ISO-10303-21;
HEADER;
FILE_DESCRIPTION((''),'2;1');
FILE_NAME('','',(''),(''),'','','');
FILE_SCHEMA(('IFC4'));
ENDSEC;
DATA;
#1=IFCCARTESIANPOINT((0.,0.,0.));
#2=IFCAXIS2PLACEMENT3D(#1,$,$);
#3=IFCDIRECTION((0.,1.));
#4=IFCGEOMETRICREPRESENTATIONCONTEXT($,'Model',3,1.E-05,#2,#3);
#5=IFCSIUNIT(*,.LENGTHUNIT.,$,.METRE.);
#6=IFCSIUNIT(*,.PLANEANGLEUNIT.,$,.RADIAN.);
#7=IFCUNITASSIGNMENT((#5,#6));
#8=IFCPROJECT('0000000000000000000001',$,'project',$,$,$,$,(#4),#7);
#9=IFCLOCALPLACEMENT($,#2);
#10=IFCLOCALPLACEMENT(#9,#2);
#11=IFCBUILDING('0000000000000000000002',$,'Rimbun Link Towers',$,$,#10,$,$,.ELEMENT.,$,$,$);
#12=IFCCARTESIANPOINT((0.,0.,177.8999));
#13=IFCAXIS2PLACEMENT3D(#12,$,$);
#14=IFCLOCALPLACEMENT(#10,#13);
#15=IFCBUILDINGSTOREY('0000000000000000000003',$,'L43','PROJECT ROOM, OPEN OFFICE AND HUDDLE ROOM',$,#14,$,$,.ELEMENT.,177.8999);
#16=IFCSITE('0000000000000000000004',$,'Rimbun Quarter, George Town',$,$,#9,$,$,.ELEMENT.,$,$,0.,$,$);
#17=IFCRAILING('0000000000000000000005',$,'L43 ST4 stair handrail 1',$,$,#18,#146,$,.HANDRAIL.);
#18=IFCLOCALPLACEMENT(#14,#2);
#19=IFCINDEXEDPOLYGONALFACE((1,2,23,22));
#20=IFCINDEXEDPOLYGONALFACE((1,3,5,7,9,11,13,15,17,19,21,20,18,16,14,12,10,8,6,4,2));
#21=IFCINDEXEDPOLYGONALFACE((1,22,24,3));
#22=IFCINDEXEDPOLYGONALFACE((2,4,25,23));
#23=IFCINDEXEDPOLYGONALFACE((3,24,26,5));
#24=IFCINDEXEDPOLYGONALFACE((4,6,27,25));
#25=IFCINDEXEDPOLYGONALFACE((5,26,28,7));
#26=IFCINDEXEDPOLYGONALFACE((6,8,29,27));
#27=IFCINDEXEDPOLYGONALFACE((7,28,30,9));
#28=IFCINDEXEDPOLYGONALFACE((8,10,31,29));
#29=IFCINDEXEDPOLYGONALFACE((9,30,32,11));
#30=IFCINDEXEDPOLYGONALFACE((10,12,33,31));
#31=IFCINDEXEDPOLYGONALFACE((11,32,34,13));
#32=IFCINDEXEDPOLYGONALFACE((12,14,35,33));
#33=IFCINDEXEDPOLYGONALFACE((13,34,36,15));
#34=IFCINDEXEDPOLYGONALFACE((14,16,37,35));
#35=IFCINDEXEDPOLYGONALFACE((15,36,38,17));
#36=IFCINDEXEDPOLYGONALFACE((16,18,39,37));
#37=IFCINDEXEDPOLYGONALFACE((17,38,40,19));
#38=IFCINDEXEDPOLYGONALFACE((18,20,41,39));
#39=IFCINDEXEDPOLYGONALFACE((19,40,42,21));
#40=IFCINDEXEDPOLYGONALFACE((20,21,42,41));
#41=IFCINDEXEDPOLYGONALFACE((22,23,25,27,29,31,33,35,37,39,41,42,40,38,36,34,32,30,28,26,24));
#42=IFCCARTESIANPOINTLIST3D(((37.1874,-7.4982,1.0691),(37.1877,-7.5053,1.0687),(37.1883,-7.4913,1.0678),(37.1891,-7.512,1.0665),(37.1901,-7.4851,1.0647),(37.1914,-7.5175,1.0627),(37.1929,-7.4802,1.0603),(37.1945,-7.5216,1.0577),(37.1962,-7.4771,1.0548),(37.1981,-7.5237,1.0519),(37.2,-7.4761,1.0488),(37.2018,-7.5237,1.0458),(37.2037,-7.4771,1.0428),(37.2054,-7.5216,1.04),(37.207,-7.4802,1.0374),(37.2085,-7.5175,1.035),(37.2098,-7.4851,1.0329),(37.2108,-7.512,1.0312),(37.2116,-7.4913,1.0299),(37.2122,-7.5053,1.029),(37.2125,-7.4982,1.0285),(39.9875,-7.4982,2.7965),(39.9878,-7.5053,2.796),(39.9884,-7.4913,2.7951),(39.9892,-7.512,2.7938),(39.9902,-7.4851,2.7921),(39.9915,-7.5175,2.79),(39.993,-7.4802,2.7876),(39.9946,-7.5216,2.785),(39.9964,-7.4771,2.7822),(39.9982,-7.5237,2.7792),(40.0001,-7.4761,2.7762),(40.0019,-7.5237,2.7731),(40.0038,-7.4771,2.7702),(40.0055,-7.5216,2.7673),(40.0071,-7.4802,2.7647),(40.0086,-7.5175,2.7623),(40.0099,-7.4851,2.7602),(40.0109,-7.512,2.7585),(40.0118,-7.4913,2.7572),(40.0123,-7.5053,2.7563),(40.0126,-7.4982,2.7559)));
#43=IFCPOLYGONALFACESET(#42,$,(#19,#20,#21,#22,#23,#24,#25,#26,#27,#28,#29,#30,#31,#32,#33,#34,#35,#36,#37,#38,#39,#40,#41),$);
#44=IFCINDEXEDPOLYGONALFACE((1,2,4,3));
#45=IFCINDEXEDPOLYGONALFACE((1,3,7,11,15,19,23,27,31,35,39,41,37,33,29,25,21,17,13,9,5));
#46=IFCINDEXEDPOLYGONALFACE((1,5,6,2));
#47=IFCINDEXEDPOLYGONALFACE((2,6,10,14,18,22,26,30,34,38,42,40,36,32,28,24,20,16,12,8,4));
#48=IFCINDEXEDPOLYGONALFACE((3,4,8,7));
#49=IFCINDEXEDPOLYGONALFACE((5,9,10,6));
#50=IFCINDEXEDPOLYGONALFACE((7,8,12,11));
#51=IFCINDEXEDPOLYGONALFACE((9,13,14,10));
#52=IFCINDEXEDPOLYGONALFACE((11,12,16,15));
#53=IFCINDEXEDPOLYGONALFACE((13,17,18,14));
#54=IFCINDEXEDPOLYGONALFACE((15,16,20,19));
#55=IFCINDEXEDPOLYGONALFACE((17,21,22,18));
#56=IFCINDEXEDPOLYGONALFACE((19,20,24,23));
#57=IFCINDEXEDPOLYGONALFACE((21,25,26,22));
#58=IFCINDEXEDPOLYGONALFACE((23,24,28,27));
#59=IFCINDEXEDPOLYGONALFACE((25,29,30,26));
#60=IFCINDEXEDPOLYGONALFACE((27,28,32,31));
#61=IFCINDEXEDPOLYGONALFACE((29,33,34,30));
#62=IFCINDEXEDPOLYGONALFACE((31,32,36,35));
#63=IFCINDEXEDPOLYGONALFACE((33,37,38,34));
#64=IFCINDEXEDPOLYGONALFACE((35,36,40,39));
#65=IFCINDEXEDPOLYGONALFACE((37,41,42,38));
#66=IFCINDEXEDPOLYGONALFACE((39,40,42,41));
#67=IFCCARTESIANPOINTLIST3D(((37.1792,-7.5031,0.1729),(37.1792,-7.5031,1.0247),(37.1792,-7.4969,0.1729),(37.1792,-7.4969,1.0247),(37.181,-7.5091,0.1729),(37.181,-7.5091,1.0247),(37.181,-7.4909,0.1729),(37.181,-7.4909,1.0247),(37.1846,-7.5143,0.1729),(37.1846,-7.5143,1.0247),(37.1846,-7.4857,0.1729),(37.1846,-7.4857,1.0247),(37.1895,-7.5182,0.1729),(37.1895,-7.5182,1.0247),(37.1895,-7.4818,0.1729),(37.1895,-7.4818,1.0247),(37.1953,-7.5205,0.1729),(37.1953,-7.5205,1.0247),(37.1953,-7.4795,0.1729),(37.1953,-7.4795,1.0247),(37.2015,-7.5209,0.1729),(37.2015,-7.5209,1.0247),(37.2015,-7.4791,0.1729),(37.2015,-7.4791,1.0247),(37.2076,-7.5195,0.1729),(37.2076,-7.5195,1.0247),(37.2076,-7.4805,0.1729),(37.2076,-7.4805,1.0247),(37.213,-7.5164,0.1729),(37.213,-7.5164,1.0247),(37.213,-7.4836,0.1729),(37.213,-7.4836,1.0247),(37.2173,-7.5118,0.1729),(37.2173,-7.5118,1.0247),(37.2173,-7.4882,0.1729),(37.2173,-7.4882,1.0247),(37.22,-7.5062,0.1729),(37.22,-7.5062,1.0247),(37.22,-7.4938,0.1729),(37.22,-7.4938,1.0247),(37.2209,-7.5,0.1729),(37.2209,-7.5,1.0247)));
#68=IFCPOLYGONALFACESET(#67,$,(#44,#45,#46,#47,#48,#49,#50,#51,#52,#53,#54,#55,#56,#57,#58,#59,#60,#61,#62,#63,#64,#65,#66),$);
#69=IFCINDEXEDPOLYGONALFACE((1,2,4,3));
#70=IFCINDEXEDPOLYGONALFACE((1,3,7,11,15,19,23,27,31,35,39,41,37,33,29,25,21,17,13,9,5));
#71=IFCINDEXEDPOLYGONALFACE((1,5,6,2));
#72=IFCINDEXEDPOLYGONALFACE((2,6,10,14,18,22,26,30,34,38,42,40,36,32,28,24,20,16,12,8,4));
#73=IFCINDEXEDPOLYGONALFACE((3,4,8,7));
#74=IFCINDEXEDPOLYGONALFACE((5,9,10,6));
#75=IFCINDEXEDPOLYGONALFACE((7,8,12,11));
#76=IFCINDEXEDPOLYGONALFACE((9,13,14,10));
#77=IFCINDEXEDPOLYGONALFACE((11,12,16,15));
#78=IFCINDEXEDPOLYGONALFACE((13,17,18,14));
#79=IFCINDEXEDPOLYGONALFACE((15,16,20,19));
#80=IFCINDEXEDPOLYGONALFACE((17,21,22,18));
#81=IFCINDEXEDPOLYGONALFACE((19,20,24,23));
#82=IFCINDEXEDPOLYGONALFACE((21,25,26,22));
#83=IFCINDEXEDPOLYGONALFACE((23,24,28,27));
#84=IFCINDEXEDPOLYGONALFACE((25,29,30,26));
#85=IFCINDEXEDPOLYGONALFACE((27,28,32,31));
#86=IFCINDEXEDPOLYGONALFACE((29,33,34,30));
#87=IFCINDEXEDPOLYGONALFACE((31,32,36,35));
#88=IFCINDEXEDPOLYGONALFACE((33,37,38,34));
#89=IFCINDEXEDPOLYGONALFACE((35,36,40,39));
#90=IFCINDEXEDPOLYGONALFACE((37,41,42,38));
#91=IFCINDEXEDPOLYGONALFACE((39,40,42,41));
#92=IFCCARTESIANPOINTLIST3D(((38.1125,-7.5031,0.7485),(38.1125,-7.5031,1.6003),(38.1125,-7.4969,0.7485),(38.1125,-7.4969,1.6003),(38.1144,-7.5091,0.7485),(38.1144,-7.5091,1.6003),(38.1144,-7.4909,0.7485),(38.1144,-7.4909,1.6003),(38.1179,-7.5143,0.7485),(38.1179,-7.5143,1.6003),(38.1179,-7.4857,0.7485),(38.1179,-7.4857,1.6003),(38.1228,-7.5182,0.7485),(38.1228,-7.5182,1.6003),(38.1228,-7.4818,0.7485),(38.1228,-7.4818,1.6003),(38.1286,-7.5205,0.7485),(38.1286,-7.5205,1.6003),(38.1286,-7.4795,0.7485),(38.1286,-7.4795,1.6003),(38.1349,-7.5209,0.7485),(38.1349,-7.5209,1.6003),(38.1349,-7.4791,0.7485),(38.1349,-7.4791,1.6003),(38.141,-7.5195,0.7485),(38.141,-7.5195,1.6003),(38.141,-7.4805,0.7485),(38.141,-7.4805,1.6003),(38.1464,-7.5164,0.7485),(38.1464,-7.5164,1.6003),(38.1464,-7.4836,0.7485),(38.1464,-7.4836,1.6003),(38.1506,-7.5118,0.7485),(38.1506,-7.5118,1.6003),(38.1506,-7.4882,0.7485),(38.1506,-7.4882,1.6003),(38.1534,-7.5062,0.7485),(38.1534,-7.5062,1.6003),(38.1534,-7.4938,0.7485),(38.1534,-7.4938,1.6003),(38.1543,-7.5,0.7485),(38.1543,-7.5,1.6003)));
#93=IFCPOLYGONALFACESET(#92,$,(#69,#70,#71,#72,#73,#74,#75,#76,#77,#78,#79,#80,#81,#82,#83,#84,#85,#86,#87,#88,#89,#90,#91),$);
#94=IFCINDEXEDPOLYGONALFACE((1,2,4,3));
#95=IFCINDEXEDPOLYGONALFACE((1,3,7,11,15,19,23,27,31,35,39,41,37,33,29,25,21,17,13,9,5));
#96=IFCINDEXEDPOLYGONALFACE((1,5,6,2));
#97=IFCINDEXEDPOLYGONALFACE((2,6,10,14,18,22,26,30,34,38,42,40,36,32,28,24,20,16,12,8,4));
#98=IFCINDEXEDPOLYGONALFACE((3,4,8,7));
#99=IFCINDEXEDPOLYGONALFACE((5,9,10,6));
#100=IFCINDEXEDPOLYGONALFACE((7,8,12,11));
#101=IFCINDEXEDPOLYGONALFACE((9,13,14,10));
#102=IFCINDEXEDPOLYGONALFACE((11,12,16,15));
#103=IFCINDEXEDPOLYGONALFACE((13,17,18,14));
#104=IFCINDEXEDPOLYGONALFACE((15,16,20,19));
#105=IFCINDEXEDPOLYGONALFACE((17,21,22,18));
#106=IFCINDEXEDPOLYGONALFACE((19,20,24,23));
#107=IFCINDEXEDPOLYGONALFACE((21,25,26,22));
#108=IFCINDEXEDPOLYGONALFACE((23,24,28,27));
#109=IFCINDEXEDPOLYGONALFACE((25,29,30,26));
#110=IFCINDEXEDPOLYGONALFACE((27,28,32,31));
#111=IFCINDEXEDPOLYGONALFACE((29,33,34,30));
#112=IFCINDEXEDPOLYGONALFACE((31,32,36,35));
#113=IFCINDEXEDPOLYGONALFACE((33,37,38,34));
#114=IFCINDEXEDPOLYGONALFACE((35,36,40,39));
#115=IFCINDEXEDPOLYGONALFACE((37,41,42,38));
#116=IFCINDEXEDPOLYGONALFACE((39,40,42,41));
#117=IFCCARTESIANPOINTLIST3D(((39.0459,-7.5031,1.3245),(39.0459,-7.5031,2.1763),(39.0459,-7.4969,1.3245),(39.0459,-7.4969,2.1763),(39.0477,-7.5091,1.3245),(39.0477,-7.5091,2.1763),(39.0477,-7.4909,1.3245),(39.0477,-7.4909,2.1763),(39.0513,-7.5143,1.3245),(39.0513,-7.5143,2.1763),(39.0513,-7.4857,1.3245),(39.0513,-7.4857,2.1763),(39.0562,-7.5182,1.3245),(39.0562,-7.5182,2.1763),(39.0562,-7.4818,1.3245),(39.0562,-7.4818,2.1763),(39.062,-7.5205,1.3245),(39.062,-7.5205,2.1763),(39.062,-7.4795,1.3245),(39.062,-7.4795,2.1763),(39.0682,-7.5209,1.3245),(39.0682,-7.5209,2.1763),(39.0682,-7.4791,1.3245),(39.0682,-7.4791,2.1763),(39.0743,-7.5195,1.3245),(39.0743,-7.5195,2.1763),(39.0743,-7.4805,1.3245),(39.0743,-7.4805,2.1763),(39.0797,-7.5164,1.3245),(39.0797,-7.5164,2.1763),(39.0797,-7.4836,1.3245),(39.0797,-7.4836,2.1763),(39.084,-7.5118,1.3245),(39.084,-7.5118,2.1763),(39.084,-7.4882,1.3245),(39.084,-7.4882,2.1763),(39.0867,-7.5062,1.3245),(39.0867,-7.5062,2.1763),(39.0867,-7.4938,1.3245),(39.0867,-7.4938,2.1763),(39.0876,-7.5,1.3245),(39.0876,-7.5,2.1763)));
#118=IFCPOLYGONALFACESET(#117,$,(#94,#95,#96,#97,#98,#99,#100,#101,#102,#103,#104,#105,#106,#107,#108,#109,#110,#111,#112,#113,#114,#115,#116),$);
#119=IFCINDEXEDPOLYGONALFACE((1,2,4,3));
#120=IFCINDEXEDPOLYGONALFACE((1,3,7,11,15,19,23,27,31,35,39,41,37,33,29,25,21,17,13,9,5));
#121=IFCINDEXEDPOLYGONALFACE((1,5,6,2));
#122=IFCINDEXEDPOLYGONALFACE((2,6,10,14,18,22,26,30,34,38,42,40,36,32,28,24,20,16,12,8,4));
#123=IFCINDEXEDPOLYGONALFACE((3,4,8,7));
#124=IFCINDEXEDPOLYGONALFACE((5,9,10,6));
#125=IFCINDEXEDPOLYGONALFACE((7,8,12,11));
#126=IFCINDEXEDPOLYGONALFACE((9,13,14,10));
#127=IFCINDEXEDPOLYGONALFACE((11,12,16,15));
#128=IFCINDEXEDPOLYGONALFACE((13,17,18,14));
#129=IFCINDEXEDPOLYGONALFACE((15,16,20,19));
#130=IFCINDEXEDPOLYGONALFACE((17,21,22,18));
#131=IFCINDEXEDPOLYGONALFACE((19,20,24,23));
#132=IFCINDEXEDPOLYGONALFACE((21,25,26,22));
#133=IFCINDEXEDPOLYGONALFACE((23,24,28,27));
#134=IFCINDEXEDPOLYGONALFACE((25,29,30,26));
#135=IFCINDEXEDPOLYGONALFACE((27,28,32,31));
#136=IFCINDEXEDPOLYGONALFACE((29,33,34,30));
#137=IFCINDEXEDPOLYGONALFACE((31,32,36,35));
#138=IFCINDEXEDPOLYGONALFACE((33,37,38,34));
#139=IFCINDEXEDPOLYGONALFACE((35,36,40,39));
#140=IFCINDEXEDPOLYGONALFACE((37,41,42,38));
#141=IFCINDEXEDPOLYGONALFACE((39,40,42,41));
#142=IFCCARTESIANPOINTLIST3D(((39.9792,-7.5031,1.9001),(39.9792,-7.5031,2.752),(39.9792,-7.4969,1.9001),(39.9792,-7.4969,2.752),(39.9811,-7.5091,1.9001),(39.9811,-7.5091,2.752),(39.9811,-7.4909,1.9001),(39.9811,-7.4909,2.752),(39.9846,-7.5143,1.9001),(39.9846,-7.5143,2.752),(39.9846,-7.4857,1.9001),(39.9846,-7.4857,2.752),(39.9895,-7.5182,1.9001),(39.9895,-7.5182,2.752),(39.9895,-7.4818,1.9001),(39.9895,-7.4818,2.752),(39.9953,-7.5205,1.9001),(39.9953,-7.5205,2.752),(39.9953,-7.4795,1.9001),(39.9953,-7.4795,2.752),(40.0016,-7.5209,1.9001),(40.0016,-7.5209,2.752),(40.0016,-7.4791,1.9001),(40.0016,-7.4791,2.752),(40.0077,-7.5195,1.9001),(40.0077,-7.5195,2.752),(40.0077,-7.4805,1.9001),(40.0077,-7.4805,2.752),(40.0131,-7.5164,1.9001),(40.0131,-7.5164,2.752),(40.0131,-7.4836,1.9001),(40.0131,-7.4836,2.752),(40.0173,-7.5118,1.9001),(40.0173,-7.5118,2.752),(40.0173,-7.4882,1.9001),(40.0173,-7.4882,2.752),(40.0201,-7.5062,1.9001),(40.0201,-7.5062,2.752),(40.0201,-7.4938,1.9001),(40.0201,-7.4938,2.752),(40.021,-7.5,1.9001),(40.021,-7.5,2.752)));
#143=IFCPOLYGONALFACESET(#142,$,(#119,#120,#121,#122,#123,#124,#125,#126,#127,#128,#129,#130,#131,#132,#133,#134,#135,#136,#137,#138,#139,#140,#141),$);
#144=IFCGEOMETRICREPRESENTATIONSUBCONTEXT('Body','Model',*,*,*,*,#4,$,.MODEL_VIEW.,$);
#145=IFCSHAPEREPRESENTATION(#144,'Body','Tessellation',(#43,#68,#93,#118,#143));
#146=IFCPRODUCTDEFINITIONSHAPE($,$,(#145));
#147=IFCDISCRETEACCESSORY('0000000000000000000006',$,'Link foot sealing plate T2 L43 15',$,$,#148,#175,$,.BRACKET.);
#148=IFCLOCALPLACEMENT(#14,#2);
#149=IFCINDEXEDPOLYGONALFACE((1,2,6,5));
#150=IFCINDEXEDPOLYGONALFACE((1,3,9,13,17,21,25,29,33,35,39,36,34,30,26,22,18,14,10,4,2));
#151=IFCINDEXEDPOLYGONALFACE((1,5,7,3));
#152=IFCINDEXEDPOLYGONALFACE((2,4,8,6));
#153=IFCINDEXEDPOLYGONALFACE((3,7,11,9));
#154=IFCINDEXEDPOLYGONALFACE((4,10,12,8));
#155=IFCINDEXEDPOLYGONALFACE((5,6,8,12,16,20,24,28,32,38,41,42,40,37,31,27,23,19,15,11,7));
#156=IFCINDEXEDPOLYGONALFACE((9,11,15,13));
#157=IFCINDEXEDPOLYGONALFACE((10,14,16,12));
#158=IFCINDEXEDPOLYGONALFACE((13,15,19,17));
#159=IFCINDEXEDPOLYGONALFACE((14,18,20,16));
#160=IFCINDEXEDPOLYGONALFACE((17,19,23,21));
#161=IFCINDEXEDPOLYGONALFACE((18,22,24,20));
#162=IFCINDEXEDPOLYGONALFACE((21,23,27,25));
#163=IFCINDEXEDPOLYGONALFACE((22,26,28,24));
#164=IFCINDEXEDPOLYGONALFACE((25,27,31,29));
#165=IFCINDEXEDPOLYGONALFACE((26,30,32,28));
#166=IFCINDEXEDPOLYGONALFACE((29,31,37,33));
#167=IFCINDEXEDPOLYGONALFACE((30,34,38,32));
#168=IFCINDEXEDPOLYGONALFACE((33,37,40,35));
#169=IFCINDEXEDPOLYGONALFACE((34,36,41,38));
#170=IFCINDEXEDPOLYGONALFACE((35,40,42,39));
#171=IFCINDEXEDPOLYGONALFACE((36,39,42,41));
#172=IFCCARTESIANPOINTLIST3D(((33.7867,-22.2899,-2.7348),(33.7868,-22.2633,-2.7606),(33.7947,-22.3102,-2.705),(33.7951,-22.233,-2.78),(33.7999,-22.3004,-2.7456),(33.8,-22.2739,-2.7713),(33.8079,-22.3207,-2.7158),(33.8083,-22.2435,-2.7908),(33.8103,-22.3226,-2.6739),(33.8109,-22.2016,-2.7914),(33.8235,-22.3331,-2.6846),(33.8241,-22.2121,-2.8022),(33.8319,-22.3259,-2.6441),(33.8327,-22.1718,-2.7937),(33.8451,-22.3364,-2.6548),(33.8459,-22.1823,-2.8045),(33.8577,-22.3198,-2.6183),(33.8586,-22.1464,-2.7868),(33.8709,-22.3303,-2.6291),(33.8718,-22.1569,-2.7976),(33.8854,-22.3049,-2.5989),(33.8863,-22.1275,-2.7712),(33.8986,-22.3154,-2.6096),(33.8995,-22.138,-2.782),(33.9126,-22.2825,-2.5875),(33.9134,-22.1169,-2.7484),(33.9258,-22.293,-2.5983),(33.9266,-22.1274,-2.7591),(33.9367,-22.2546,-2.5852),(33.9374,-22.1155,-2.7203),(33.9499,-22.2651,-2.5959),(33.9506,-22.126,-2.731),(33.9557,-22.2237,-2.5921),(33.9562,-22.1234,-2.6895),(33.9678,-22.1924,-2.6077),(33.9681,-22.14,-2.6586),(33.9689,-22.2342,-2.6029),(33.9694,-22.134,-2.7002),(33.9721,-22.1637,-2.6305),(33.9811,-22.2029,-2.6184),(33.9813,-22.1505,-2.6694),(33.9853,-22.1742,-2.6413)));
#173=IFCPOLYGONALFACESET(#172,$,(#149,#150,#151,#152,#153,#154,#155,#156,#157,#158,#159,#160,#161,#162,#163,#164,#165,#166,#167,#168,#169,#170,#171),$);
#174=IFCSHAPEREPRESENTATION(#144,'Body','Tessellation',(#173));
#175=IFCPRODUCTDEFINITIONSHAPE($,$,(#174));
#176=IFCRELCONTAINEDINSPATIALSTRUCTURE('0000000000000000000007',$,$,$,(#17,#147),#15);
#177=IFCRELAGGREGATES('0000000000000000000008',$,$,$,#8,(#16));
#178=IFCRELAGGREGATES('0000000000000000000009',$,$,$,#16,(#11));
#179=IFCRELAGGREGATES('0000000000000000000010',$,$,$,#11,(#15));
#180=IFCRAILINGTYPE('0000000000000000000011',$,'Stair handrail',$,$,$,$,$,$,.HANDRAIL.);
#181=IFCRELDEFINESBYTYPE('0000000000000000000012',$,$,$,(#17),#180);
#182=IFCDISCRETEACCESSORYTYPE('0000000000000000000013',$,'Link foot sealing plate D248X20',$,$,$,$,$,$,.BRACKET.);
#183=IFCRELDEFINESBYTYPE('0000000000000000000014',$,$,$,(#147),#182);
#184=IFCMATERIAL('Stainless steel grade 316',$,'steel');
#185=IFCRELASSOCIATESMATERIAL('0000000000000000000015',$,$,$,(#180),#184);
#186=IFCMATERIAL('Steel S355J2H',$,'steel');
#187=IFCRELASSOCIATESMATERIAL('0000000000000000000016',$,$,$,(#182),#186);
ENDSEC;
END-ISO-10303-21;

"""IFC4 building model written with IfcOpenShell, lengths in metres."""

from ifc_helpers import new_model, si_unit, direction, frame, origin, origin_2d, place, context, subcontext, project, spatial, circle, extrude, material, material_profile, profile_set, type_object, element, save


model = new_model("IFC4")

# Units and contexts
model_context = context("Model", 3, precision=1e-05, world=origin(), true_north=direction((0.0, 1.0)))
body_context = subcontext(model_context, "Body", "Model", "MODEL_VIEW")
ifc_project = project(units=[si_unit("LENGTHUNIT", "METRE"), si_unit("PLANEANGLEUNIT", "RADIAN")], contexts=[model_context])

# Site, building, storey
site_placement = place(None, origin())
site = spatial("IfcSite", under=ifc_project, at=site_placement, Name="Rimbun Quarter, George Town", CompositionType="ELEMENT", RefElevation=0.0)
building_placement = place(site_placement, origin())
building = spatial("IfcBuilding", under=site, at=building_placement, Name="Rimbun Link Towers", CompositionType="ELEMENT")
storey_placement = place(building_placement, frame((0.0, 0.0, 177.8999)))
storey = spatial("IfcBuildingStorey", under=building, at=storey_placement, Name="L43", Description="PROJECT ROOM, OPEN OFFICE AND HUDDLE ROOM", CompositionType="ELEMENT", Elevation=177.8999)

# Railing
ifc_material_1 = material(Name="Stainless steel grade 316", Category="steel")
railing_type_1 = type_object("IfcRailingType", Name="Stair handrail", PredefinedType="HANDRAIL", material=ifc_material_1)
railing_1_placement = place(storey_placement, frame((37.2, -7.5, 0.1729)))
element("IfcRailing", 1, at=railing_1_placement, inside=storey, type_object=railing_type_1, Name="L43 ST4 stair handrail 1", PredefinedType="HANDRAIL", context=body_context, shape_type="SweptSolid", body=[
    extrude(circle(Radius=0.0239, at=origin_2d()), frame((0.0, 0.0, 0.876), z_axis=(0.85109, 0.0, 0.52502), x_axis=(0.0, 1.0, 0.0)), (0.0, 0.0, 1.0), 3.29),
    extrude(circle(Radius=0.021, at=origin_2d()), origin(), (0.0, 0.0, 1.0), 0.8518),
    extrude(circle(Radius=0.021, at=origin_2d()), frame((0.9333, 0.0, 0.5757)), (0.0, 0.0, 1.0), 0.8518),
    extrude(circle(Radius=0.021, at=origin_2d()), frame((1.8667, 0.0, 1.1516)), (0.0, 0.0, 1.0), 0.8518),
    extrude(circle(Radius=0.021, at=origin_2d()), frame((2.8, 0.0, 1.7273)), (0.0, 0.0, 1.0), 0.8518),
])

# Discrete accessory
ifc_material_2 = material(Name="Steel S355J2H", Category="steel")
ifc_material_profile_1 = material_profile(ifc_material_2, circle(Radius=0.124, at=origin_2d()), Name="PL D248")
ifc_profile_set_1 = profile_set([ifc_material_profile_1], Name="Steel S355J2H")
discrete_accessory_type = type_object("IfcDiscreteAccessoryType", Name="Link foot sealing plate D248X20", PredefinedType="BRACKET", material=ifc_profile_set_1)
discrete_accessory_placement = place(storey_placement, frame((33.8789, -22.2205, -2.6895), z_axis=(0.659666, -0.525289, -0.537505), x_axis=(0.622927, 0.78228, 0.0)))
element("IfcDiscreteAccessory", 2, at=discrete_accessory_placement, inside=storey, type_object=discrete_accessory_type, Name="Link foot sealing plate T2 L43 15", PredefinedType="BRACKET", context=body_context, shape_type="SweptSolid", body=[
    extrude(circle(Radius=0.124, at=origin_2d()), origin(), (0.0, 0.0, 1.0), 0.02),
])

save(model, "model.ifc")
